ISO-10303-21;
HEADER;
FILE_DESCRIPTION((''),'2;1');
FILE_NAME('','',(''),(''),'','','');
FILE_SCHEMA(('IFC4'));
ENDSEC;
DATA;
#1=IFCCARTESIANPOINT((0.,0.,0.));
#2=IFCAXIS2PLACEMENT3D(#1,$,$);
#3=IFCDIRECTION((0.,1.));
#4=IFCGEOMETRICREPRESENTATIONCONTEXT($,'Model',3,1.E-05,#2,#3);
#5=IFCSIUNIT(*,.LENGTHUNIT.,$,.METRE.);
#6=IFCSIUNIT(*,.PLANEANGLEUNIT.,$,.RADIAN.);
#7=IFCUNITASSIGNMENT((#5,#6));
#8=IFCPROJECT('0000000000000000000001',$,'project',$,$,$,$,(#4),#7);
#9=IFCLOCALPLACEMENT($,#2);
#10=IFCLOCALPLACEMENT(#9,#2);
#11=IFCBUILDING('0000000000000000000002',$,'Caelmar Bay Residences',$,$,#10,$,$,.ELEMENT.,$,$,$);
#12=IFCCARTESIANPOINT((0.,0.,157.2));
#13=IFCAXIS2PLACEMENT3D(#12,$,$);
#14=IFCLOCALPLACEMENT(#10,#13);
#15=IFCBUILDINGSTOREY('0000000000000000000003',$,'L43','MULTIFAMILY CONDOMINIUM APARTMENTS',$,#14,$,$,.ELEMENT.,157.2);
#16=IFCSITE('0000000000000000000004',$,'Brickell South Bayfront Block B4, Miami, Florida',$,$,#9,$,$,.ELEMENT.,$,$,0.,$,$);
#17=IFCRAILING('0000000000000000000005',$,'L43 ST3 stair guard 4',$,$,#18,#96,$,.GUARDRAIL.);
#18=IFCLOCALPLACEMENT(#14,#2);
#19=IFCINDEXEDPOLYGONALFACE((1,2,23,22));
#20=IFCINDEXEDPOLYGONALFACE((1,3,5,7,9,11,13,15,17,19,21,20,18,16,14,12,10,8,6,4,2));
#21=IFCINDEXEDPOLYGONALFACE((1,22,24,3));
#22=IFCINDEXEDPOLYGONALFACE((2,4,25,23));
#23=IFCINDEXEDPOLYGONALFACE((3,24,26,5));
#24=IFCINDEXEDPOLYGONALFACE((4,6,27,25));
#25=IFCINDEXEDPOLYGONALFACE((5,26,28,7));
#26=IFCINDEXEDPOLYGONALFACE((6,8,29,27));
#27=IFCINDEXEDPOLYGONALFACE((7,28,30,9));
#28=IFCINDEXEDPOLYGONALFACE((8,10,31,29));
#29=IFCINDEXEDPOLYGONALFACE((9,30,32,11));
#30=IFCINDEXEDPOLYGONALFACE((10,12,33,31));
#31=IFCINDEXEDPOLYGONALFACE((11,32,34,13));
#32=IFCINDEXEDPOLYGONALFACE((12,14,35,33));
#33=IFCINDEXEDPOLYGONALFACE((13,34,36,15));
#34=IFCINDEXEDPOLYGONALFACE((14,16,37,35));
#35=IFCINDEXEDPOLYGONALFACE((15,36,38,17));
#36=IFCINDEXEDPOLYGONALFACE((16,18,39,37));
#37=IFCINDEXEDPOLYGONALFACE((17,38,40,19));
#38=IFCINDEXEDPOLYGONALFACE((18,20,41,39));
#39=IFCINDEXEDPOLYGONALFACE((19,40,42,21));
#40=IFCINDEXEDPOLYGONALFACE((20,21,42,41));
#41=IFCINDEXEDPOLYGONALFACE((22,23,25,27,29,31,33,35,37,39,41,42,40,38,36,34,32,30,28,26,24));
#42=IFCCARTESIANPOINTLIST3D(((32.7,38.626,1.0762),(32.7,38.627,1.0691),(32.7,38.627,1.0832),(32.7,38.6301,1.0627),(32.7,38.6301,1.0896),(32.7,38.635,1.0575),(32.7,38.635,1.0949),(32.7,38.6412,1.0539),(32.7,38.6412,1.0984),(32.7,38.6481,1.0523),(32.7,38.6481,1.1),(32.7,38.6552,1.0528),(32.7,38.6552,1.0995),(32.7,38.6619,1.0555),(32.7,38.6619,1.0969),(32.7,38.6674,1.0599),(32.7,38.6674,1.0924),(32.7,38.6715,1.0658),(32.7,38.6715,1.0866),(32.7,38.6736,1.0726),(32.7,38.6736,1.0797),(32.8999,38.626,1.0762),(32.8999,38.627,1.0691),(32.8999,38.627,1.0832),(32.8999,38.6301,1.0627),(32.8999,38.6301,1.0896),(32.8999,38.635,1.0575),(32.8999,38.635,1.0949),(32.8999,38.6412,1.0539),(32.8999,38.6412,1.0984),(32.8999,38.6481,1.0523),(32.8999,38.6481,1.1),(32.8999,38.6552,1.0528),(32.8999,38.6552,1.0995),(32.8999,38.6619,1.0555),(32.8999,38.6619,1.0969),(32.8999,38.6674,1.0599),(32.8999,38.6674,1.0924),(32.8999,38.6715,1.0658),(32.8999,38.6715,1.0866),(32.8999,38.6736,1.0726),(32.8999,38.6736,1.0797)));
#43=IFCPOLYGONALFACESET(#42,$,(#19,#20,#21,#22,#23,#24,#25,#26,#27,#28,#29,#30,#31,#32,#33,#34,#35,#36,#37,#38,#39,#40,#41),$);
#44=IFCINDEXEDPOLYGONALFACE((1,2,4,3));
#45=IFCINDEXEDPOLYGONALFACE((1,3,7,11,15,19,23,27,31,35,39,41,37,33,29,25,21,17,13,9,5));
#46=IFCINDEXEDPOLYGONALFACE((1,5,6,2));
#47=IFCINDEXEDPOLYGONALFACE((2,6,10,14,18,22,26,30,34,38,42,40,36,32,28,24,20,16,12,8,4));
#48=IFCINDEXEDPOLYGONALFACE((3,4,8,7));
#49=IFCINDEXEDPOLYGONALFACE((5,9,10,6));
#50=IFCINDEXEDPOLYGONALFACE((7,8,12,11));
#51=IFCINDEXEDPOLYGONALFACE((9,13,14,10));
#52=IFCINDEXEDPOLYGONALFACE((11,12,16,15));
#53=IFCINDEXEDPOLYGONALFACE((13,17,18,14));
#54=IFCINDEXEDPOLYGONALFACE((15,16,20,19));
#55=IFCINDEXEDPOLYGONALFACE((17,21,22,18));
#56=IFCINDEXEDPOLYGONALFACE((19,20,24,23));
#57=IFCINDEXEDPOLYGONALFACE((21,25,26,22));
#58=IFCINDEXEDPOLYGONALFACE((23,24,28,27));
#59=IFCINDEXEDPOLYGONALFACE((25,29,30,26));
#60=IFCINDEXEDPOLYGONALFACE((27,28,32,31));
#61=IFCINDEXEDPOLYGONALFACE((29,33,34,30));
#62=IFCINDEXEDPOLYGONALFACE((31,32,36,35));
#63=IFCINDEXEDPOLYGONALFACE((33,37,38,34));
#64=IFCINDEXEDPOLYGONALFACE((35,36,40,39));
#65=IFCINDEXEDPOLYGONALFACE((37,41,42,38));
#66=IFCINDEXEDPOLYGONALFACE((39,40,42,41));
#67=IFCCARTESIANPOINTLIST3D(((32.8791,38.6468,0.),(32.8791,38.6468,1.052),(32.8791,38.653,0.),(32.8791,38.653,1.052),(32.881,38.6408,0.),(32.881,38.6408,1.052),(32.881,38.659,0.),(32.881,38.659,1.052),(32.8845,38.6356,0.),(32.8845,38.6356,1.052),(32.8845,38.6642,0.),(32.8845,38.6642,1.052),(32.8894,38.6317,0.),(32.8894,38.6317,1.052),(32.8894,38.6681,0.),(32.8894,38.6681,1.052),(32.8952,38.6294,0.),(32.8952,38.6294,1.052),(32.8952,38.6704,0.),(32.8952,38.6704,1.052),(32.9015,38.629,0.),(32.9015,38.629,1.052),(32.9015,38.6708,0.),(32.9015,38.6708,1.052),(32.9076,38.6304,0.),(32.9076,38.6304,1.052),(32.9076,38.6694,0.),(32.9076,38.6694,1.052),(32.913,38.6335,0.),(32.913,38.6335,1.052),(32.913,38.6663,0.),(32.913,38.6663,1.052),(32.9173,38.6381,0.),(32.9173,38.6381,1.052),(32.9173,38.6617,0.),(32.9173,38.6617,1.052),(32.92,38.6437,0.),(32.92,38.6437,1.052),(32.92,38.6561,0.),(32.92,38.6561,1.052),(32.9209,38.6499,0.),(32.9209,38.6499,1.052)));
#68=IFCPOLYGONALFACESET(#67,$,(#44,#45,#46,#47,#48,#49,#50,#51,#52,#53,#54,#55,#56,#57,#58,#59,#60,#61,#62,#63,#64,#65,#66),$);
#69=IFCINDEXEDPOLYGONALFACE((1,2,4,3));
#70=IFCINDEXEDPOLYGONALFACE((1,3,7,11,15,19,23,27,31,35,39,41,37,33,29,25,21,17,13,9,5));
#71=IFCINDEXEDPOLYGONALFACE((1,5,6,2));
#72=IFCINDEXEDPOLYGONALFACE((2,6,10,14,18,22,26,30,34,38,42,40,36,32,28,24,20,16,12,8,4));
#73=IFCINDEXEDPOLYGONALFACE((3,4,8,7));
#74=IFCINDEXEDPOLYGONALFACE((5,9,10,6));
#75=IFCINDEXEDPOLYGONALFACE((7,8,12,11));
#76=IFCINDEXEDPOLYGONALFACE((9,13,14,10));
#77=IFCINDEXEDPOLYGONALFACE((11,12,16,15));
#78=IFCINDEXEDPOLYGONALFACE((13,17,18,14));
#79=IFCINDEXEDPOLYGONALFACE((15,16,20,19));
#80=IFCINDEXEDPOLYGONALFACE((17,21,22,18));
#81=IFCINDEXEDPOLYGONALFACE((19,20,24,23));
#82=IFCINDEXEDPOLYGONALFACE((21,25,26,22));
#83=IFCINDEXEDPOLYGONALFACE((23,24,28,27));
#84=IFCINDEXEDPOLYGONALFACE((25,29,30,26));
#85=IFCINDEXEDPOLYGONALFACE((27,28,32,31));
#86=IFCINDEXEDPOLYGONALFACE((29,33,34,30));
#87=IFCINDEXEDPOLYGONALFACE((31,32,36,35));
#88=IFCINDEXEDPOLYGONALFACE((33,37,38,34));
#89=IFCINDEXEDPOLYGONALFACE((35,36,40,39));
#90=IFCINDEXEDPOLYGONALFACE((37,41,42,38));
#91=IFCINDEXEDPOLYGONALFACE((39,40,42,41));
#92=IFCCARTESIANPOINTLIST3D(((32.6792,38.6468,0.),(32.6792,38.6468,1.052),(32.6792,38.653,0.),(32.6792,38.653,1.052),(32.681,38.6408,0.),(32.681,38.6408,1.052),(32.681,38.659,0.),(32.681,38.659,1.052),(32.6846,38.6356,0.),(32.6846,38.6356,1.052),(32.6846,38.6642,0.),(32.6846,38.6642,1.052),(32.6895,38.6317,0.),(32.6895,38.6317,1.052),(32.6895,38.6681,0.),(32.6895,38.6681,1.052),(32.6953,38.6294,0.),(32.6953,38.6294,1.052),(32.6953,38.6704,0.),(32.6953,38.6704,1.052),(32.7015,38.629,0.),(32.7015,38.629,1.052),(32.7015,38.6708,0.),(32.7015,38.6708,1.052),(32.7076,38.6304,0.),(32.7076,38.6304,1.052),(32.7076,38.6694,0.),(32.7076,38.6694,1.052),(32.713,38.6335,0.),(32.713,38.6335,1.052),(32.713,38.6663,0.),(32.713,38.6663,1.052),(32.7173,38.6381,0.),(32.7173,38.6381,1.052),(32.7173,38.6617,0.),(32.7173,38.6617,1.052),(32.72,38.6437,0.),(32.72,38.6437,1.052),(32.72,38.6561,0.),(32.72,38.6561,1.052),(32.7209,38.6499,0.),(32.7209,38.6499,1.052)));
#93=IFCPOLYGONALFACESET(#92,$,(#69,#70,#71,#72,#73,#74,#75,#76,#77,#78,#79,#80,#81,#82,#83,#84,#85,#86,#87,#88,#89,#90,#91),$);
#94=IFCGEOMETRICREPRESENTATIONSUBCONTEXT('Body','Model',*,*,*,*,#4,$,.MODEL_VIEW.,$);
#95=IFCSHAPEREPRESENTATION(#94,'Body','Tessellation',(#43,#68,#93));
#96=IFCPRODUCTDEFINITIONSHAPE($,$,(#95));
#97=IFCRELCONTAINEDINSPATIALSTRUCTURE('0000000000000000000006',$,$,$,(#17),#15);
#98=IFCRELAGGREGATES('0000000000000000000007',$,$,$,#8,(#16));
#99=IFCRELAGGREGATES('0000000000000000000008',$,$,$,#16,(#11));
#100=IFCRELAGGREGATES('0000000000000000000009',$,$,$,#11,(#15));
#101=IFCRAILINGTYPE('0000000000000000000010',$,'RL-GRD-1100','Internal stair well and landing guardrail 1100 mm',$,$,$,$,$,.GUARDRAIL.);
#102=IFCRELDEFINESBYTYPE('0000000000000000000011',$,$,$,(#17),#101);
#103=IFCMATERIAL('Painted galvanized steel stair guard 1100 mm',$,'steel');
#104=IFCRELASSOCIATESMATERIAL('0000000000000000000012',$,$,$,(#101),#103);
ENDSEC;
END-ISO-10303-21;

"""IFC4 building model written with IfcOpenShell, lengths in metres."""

from ifc_helpers import new_model, si_unit, direction, frame, origin, origin_2d, place, context, subcontext, project, spatial, circle, extrude, material, type_object, element, save


model = new_model("IFC4")

# Units and contexts
model_context = context("Model", 3, precision=1e-05, world=origin(), true_north=direction((0.0, 1.0)))
body_context = subcontext(model_context, "Body", "Model", "MODEL_VIEW")
ifc_project = project(units=[si_unit("LENGTHUNIT", "METRE"), si_unit("PLANEANGLEUNIT", "RADIAN")], contexts=[model_context])

# Site, building, storey
site_placement = place(None, origin())
site = spatial("IfcSite", under=ifc_project, at=site_placement, Name="Brickell South Bayfront Block B4, Miami, Florida", CompositionType="ELEMENT", RefElevation=0.0)
building_placement = place(site_placement, origin())
building = spatial("IfcBuilding", under=site, at=building_placement, Name="Caelmar Bay Residences", CompositionType="ELEMENT")
storey_placement = place(building_placement, frame((0.0, 0.0, 157.2)))
storey = spatial("IfcBuildingStorey", under=building, at=storey_placement, Name="L43", Description="MULTIFAMILY CONDOMINIUM APARTMENTS", CompositionType="ELEMENT", Elevation=157.2)

# Railing
ifc_material_1 = material(Name="Painted galvanized steel stair guard 1100 mm", Category="steel")
railing_type_1 = type_object("IfcRailingType", Name="RL-GRD-1100", Description="Internal stair well and landing guardrail 1100 mm", PredefinedType="GUARDRAIL", material=ifc_material_1)
railing_1_placement = place(storey_placement, frame((32.8999, 38.6499, 0.0)))
element("IfcRailing", 1, at=railing_1_placement, inside=storey, type_object=railing_type_1, Name="L43 ST3 stair guard 4", PredefinedType="GUARDRAIL", context=body_context, shape_type="SweptSolid", body=[
    extrude(circle(Radius=0.0239, at=origin_2d()), frame((0.0, 0.0, 1.0762), z_axis=(-1.0, 0.0, 0.0), x_axis=(0.0, -1.0, 0.0)), (0.0, 0.0, 1.0), 0.2),
    extrude(circle(Radius=0.021, at=origin_2d()), origin(), (0.0, 0.0, 1.0), 1.052),
    extrude(circle(Radius=0.021, at=origin_2d()), frame((-0.2, 0.0, 0.0)), (0.0, 0.0, 1.0), 1.052),
])

save(model, "model.ifc")
